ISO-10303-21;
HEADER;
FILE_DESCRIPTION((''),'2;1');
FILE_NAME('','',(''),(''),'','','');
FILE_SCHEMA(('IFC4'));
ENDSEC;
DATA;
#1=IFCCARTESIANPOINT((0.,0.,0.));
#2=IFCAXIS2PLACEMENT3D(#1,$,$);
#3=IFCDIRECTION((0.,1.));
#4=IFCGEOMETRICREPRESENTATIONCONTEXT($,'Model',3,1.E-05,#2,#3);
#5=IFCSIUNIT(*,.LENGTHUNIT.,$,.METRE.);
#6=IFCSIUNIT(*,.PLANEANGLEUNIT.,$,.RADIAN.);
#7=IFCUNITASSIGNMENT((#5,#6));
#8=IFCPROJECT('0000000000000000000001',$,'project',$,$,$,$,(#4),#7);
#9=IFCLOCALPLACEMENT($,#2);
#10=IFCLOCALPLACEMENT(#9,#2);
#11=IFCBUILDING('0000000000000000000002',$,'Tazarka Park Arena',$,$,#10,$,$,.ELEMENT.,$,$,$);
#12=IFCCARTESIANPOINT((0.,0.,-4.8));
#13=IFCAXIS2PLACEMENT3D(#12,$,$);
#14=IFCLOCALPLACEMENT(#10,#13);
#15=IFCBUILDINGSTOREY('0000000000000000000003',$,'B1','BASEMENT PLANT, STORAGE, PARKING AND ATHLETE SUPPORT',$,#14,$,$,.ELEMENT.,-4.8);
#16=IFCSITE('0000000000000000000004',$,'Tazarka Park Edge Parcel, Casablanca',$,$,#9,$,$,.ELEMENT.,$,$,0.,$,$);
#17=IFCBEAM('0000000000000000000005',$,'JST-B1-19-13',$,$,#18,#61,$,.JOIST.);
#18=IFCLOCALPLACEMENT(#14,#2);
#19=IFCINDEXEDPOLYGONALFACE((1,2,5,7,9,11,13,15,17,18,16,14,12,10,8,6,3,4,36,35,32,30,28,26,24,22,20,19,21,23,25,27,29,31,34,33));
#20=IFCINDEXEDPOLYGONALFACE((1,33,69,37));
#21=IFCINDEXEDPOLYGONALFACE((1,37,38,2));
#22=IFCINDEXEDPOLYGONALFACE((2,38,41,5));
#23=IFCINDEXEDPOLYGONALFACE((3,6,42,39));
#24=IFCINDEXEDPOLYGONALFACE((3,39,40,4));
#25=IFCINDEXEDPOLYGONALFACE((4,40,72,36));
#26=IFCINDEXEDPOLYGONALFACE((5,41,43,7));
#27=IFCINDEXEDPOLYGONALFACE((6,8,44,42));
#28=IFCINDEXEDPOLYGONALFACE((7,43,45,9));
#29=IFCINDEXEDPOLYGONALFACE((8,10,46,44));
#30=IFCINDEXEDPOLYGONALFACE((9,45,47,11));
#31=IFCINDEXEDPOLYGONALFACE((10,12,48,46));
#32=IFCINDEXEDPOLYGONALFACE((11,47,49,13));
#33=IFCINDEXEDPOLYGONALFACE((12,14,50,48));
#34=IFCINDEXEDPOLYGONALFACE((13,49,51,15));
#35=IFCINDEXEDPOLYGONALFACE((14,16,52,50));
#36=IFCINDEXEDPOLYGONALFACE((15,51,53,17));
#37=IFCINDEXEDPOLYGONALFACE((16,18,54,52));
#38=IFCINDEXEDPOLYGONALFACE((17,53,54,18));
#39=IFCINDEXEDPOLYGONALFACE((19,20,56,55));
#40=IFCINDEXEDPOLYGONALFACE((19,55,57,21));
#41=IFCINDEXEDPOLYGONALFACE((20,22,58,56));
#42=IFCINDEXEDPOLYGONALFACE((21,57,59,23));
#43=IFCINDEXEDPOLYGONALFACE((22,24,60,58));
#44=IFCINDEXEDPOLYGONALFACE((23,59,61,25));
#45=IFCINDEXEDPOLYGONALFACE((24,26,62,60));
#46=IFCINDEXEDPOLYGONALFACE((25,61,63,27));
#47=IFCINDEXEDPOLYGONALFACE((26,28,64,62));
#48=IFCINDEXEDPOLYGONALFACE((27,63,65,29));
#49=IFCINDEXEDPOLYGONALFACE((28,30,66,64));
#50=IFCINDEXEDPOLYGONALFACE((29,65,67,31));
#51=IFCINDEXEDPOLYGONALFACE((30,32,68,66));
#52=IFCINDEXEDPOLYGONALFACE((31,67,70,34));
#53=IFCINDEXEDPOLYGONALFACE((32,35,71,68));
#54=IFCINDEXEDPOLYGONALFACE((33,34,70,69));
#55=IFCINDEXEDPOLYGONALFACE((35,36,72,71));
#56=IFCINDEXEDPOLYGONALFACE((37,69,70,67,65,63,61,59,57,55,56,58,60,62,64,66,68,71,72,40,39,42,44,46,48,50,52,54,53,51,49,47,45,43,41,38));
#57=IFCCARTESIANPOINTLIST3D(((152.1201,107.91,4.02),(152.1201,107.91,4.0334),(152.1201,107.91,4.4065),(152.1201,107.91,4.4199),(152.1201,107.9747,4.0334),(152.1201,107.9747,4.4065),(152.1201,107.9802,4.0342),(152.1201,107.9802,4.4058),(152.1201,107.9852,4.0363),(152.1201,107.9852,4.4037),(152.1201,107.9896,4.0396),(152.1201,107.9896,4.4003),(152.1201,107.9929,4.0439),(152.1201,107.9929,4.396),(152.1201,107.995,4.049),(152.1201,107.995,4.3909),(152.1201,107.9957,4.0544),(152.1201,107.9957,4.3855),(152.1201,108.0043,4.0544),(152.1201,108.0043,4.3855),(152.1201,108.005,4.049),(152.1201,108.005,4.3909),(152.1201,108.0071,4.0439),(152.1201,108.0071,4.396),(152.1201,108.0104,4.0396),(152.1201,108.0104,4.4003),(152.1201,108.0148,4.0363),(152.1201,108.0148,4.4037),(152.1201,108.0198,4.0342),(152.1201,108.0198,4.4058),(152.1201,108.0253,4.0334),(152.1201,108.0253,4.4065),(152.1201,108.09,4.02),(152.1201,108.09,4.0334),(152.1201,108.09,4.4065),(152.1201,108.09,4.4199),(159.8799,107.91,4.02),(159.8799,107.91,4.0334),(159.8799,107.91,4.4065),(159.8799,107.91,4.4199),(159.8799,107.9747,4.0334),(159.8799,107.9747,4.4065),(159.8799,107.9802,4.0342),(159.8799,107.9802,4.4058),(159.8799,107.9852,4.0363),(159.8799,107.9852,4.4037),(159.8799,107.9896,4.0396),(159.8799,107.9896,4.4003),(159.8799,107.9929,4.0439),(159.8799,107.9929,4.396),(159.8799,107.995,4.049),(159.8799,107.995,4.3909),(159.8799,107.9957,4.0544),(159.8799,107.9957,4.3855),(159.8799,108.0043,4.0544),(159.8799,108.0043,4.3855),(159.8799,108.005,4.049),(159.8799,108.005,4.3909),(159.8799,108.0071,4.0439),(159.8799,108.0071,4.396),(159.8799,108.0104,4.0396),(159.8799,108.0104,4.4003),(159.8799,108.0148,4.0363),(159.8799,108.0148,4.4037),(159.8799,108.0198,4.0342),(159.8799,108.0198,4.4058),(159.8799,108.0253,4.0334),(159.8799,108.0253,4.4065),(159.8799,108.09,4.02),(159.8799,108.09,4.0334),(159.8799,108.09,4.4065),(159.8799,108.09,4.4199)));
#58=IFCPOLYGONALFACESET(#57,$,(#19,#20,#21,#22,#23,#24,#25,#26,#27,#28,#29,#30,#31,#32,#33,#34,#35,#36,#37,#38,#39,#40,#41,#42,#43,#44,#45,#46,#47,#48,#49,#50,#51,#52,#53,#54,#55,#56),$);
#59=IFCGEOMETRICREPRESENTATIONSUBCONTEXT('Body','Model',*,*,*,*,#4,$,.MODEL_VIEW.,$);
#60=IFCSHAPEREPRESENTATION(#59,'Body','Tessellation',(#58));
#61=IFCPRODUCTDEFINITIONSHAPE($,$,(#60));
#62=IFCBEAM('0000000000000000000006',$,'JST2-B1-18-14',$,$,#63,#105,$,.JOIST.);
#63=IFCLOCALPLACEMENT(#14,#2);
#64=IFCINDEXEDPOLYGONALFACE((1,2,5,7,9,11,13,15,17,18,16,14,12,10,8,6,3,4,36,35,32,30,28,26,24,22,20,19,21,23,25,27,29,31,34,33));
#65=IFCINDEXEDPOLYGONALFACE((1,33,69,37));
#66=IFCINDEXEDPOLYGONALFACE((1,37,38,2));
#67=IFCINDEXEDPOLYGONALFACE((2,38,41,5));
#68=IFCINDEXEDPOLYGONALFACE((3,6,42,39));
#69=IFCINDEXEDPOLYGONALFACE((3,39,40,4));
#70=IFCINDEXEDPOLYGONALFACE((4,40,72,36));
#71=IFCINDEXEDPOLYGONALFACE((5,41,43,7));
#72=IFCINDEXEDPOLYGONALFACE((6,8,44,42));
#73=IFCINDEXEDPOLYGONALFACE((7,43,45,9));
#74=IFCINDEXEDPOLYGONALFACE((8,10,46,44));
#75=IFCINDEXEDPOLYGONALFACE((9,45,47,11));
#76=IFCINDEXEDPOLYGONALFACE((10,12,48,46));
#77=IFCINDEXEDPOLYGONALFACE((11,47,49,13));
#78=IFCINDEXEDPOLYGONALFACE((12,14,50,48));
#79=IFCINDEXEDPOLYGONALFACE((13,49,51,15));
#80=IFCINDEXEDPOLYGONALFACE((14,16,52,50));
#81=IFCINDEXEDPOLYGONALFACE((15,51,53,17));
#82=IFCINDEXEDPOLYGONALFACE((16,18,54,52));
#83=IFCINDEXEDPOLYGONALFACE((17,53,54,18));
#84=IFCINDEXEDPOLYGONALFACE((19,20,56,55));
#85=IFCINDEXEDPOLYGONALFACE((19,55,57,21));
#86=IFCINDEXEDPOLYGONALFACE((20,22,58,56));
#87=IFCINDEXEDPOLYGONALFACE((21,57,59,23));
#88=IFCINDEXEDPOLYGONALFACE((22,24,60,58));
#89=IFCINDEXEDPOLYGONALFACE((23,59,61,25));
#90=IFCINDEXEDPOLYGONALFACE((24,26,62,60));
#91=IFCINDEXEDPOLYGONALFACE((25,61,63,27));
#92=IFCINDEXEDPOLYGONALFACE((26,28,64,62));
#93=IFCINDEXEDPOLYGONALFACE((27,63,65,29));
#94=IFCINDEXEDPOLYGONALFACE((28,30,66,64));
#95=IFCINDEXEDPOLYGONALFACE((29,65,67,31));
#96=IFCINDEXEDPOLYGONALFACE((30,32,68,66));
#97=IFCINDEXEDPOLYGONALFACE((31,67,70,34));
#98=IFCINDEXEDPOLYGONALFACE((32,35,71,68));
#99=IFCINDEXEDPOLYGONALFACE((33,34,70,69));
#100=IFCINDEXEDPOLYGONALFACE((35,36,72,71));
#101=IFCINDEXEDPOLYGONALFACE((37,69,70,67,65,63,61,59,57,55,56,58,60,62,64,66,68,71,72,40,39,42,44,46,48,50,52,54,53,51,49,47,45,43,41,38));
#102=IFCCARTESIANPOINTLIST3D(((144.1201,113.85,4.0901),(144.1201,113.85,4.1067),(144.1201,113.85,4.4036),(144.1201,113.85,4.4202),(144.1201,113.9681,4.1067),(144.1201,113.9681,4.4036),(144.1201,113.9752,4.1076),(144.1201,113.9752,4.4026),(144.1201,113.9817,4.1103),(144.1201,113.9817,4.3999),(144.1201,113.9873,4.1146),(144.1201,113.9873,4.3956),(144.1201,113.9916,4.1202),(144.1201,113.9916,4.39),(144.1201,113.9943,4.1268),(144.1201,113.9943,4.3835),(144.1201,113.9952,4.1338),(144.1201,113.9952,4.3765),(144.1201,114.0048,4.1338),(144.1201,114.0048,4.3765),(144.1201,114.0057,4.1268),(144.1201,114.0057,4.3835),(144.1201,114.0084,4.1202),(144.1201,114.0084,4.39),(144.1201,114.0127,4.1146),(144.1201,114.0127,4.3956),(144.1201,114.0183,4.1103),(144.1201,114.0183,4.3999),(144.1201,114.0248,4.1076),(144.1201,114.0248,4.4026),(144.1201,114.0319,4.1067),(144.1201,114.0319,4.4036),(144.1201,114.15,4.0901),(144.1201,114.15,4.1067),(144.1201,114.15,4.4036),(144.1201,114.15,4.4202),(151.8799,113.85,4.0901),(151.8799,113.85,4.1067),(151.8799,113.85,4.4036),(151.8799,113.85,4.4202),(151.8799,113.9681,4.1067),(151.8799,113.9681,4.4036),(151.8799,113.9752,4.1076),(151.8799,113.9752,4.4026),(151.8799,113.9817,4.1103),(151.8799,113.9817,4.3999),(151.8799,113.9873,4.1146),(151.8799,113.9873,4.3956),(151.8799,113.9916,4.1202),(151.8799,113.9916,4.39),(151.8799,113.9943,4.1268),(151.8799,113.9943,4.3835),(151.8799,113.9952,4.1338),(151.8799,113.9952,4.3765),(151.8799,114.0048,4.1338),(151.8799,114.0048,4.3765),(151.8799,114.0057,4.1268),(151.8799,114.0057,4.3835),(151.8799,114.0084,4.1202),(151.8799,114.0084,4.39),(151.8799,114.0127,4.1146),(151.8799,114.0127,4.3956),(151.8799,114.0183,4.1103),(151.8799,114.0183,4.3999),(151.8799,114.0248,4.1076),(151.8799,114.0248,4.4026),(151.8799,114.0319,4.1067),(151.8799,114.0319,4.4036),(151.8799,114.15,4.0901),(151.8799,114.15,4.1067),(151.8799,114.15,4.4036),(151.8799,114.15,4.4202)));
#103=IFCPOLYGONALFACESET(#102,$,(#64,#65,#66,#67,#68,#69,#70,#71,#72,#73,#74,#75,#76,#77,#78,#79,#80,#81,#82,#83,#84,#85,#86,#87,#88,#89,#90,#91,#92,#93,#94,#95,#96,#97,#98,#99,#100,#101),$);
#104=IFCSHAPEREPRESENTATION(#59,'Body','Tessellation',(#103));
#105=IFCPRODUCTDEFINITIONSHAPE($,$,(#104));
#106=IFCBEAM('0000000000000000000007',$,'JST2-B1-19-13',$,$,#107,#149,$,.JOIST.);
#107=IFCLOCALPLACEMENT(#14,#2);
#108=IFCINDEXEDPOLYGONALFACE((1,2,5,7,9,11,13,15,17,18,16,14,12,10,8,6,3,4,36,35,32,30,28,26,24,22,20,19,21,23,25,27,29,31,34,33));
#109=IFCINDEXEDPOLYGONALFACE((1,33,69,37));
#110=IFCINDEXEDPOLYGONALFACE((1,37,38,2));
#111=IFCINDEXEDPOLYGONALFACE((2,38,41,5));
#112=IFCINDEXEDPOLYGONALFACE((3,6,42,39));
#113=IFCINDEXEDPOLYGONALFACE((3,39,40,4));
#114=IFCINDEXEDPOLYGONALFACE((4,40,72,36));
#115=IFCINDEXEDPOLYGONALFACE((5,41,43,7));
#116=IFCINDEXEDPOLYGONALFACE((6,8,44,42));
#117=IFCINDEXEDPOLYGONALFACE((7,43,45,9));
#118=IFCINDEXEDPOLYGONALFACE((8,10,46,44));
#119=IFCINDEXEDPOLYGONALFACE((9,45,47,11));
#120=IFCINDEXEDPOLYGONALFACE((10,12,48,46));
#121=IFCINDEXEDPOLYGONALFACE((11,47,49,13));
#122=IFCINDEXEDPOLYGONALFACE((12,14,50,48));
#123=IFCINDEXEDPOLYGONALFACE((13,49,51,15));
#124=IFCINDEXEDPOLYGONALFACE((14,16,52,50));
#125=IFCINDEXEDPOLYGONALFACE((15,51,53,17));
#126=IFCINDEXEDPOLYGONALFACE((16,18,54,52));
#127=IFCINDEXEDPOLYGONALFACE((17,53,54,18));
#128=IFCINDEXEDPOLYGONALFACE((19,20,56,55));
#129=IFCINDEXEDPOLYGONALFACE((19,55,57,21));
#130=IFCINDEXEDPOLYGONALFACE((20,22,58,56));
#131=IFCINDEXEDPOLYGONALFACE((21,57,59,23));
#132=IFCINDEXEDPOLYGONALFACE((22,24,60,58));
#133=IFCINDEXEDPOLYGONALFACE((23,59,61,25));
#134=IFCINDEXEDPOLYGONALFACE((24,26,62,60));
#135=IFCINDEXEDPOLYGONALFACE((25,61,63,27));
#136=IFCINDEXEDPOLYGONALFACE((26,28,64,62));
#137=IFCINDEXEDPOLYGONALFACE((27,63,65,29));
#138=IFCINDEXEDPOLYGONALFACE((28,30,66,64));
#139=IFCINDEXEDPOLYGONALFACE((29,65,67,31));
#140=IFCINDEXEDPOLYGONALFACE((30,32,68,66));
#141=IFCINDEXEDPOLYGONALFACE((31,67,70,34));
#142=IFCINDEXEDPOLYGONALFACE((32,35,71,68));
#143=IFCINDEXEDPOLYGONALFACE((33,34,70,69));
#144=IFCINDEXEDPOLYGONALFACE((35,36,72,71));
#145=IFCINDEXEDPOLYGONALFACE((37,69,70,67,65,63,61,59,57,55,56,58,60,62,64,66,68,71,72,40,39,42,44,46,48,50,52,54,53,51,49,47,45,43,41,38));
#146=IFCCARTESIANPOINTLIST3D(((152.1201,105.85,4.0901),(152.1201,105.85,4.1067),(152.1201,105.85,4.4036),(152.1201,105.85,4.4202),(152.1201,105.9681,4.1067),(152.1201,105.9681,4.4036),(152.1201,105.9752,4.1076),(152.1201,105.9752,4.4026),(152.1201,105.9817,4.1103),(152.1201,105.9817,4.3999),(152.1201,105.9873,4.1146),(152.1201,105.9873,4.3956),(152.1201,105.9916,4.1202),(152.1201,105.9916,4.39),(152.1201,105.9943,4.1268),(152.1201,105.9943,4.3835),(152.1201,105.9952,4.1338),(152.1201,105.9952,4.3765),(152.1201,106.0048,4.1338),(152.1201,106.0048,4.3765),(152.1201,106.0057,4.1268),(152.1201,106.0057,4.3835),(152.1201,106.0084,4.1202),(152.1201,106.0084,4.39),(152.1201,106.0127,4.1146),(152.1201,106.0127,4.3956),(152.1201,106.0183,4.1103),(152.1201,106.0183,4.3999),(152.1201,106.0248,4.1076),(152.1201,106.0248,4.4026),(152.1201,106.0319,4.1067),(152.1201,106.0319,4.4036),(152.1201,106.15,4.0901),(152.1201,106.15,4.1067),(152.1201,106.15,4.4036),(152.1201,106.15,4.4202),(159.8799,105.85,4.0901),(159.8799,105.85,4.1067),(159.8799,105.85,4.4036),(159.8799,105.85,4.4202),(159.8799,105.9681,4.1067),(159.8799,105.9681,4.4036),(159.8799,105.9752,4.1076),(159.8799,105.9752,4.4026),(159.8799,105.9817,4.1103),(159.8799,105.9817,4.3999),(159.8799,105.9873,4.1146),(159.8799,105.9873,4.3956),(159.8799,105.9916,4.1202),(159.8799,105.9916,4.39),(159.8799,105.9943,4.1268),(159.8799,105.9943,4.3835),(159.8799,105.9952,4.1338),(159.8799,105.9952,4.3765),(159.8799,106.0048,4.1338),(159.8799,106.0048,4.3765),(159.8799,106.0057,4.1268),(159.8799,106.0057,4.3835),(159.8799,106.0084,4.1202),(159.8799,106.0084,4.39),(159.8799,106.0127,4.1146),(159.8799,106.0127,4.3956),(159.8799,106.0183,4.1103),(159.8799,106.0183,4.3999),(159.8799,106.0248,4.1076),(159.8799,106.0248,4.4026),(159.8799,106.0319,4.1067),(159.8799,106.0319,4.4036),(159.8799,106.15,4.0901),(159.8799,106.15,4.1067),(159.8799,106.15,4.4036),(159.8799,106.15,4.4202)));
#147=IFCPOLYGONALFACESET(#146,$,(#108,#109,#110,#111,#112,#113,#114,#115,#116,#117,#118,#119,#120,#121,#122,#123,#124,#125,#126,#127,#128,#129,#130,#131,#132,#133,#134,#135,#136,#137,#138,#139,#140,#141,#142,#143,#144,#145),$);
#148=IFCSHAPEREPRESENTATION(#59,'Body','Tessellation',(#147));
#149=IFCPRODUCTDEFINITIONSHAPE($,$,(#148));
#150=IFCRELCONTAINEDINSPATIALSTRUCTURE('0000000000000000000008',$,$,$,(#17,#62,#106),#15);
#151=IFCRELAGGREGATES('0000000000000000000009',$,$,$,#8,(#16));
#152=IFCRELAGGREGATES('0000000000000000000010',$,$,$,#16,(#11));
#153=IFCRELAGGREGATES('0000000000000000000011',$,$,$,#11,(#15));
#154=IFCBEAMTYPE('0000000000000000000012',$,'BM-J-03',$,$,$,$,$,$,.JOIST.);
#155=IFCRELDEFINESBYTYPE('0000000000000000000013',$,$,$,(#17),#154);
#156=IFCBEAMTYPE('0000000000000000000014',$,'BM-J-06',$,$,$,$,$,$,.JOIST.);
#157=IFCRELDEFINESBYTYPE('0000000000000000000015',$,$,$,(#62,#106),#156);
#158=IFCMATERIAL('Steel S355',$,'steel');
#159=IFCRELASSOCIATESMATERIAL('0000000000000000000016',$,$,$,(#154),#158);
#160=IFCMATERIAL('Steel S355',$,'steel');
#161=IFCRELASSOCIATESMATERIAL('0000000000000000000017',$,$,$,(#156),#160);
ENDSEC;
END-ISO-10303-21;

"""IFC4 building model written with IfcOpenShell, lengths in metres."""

from ifc_helpers import new_model, si_unit, direction, frame, origin, origin_2d, place, context, subcontext, project, spatial, i_section, extrude, material, material_profile, profile_set, type_object, element, save


model = new_model("IFC4")

# Units and contexts
model_context = context("Model", 3, precision=1e-05, world=origin(), true_north=direction((0.0, 1.0)))
body_context = subcontext(model_context, "Body", "Model", "MODEL_VIEW")
ifc_project = project(units=[si_unit("LENGTHUNIT", "METRE"), si_unit("PLANEANGLEUNIT", "RADIAN")], contexts=[model_context])

# Site, building, storey
site_placement = place(None, origin())
site = spatial("IfcSite", under=ifc_project, at=site_placement, Name="Tazarka Park Edge Parcel, Casablanca", CompositionType="ELEMENT", RefElevation=0.0)
building_placement = place(site_placement, origin())
building = spatial("IfcBuilding", under=site, at=building_placement, Name="Tazarka Park Arena", CompositionType="ELEMENT")
storey_placement = place(building_placement, frame((0.0, 0.0, -4.8)))
storey = spatial("IfcBuildingStorey", under=building, at=storey_placement, Name="B1", Description="BASEMENT PLANT, STORAGE, PARKING AND ATHLETE SUPPORT", CompositionType="ELEMENT", Elevation=-4.8)

# Beams
ifc_material_1 = material(Name="Steel S355", Category="steel")
ifc_material_profile_1 = material_profile(ifc_material_1, i_section(OverallWidth=0.1799, OverallDepth=0.3999, WebThickness=0.0085, FlangeThickness=0.0134, FilletRadius=0.021, at=origin_2d()), Name="Steel S355")
ifc_profile_set_1 = profile_set([ifc_material_profile_1], Name="Steel S355")
beam_type_1 = type_object("IfcBeamType", Name="BM-J-03", PredefinedType="JOIST", material=ifc_profile_set_1)
beam_1_placement = place(storey_placement, frame((152.1201, 108.0, 4.22), z_axis=(1.0, 0.0, 0.0), x_axis=(0.0, 1.0, 0.0)))
element("IfcBeam", 1, at=beam_1_placement, inside=storey, type_object=beam_type_1, Name="JST-B1-19-13", PredefinedType="JOIST", context=body_context, shape_type="SweptSolid", body=[
    extrude(i_section(OverallWidth=0.1799, OverallDepth=0.3999, WebThickness=0.0085, FlangeThickness=0.0134, FilletRadius=0.021, at=origin_2d()), origin(), (0.0, 0.0, 1.0), 7.7598),
])
ifc_material_2 = material(Name="Steel S355", Category="steel")
ifc_material_profile_2 = material_profile(ifc_material_2, i_section(OverallWidth=0.3, OverallDepth=0.3301, WebThickness=0.0095, FlangeThickness=0.0166, FilletRadius=0.0271, at=origin_2d()), Name="Steel S355")
ifc_profile_set_2 = profile_set([ifc_material_profile_2], Name="Steel S355")
beam_type_2 = type_object("IfcBeamType", Name="BM-J-06", PredefinedType="JOIST", material=ifc_profile_set_2)
for number, where, z_axis, x_axis, name in (
    (2, (144.1201, 114.0, 4.2551), (1.0, 0.0, 0.0), (0.0, 1.0, 0.0), "JST2-B1-18-14"),
    (3, (152.1201, 106.0, 4.2551), (1.0, 0.0, 0.0), (0.0, 1.0, 0.0), "JST2-B1-19-13"),
):
    element("IfcBeam", number, at=place(storey_placement, frame(where, z_axis=z_axis, x_axis=x_axis)), inside=storey, type_object=beam_type_2, Name=name, PredefinedType="JOIST", context=body_context, shape_type="SweptSolid", body=[
        extrude(i_section(OverallWidth=0.3, OverallDepth=0.3301, WebThickness=0.0095, FlangeThickness=0.0166, FilletRadius=0.0271, at=origin_2d()), origin(), (0.0, 0.0, 1.0), 7.7598),
    ])

save(model, "model.ifc")
